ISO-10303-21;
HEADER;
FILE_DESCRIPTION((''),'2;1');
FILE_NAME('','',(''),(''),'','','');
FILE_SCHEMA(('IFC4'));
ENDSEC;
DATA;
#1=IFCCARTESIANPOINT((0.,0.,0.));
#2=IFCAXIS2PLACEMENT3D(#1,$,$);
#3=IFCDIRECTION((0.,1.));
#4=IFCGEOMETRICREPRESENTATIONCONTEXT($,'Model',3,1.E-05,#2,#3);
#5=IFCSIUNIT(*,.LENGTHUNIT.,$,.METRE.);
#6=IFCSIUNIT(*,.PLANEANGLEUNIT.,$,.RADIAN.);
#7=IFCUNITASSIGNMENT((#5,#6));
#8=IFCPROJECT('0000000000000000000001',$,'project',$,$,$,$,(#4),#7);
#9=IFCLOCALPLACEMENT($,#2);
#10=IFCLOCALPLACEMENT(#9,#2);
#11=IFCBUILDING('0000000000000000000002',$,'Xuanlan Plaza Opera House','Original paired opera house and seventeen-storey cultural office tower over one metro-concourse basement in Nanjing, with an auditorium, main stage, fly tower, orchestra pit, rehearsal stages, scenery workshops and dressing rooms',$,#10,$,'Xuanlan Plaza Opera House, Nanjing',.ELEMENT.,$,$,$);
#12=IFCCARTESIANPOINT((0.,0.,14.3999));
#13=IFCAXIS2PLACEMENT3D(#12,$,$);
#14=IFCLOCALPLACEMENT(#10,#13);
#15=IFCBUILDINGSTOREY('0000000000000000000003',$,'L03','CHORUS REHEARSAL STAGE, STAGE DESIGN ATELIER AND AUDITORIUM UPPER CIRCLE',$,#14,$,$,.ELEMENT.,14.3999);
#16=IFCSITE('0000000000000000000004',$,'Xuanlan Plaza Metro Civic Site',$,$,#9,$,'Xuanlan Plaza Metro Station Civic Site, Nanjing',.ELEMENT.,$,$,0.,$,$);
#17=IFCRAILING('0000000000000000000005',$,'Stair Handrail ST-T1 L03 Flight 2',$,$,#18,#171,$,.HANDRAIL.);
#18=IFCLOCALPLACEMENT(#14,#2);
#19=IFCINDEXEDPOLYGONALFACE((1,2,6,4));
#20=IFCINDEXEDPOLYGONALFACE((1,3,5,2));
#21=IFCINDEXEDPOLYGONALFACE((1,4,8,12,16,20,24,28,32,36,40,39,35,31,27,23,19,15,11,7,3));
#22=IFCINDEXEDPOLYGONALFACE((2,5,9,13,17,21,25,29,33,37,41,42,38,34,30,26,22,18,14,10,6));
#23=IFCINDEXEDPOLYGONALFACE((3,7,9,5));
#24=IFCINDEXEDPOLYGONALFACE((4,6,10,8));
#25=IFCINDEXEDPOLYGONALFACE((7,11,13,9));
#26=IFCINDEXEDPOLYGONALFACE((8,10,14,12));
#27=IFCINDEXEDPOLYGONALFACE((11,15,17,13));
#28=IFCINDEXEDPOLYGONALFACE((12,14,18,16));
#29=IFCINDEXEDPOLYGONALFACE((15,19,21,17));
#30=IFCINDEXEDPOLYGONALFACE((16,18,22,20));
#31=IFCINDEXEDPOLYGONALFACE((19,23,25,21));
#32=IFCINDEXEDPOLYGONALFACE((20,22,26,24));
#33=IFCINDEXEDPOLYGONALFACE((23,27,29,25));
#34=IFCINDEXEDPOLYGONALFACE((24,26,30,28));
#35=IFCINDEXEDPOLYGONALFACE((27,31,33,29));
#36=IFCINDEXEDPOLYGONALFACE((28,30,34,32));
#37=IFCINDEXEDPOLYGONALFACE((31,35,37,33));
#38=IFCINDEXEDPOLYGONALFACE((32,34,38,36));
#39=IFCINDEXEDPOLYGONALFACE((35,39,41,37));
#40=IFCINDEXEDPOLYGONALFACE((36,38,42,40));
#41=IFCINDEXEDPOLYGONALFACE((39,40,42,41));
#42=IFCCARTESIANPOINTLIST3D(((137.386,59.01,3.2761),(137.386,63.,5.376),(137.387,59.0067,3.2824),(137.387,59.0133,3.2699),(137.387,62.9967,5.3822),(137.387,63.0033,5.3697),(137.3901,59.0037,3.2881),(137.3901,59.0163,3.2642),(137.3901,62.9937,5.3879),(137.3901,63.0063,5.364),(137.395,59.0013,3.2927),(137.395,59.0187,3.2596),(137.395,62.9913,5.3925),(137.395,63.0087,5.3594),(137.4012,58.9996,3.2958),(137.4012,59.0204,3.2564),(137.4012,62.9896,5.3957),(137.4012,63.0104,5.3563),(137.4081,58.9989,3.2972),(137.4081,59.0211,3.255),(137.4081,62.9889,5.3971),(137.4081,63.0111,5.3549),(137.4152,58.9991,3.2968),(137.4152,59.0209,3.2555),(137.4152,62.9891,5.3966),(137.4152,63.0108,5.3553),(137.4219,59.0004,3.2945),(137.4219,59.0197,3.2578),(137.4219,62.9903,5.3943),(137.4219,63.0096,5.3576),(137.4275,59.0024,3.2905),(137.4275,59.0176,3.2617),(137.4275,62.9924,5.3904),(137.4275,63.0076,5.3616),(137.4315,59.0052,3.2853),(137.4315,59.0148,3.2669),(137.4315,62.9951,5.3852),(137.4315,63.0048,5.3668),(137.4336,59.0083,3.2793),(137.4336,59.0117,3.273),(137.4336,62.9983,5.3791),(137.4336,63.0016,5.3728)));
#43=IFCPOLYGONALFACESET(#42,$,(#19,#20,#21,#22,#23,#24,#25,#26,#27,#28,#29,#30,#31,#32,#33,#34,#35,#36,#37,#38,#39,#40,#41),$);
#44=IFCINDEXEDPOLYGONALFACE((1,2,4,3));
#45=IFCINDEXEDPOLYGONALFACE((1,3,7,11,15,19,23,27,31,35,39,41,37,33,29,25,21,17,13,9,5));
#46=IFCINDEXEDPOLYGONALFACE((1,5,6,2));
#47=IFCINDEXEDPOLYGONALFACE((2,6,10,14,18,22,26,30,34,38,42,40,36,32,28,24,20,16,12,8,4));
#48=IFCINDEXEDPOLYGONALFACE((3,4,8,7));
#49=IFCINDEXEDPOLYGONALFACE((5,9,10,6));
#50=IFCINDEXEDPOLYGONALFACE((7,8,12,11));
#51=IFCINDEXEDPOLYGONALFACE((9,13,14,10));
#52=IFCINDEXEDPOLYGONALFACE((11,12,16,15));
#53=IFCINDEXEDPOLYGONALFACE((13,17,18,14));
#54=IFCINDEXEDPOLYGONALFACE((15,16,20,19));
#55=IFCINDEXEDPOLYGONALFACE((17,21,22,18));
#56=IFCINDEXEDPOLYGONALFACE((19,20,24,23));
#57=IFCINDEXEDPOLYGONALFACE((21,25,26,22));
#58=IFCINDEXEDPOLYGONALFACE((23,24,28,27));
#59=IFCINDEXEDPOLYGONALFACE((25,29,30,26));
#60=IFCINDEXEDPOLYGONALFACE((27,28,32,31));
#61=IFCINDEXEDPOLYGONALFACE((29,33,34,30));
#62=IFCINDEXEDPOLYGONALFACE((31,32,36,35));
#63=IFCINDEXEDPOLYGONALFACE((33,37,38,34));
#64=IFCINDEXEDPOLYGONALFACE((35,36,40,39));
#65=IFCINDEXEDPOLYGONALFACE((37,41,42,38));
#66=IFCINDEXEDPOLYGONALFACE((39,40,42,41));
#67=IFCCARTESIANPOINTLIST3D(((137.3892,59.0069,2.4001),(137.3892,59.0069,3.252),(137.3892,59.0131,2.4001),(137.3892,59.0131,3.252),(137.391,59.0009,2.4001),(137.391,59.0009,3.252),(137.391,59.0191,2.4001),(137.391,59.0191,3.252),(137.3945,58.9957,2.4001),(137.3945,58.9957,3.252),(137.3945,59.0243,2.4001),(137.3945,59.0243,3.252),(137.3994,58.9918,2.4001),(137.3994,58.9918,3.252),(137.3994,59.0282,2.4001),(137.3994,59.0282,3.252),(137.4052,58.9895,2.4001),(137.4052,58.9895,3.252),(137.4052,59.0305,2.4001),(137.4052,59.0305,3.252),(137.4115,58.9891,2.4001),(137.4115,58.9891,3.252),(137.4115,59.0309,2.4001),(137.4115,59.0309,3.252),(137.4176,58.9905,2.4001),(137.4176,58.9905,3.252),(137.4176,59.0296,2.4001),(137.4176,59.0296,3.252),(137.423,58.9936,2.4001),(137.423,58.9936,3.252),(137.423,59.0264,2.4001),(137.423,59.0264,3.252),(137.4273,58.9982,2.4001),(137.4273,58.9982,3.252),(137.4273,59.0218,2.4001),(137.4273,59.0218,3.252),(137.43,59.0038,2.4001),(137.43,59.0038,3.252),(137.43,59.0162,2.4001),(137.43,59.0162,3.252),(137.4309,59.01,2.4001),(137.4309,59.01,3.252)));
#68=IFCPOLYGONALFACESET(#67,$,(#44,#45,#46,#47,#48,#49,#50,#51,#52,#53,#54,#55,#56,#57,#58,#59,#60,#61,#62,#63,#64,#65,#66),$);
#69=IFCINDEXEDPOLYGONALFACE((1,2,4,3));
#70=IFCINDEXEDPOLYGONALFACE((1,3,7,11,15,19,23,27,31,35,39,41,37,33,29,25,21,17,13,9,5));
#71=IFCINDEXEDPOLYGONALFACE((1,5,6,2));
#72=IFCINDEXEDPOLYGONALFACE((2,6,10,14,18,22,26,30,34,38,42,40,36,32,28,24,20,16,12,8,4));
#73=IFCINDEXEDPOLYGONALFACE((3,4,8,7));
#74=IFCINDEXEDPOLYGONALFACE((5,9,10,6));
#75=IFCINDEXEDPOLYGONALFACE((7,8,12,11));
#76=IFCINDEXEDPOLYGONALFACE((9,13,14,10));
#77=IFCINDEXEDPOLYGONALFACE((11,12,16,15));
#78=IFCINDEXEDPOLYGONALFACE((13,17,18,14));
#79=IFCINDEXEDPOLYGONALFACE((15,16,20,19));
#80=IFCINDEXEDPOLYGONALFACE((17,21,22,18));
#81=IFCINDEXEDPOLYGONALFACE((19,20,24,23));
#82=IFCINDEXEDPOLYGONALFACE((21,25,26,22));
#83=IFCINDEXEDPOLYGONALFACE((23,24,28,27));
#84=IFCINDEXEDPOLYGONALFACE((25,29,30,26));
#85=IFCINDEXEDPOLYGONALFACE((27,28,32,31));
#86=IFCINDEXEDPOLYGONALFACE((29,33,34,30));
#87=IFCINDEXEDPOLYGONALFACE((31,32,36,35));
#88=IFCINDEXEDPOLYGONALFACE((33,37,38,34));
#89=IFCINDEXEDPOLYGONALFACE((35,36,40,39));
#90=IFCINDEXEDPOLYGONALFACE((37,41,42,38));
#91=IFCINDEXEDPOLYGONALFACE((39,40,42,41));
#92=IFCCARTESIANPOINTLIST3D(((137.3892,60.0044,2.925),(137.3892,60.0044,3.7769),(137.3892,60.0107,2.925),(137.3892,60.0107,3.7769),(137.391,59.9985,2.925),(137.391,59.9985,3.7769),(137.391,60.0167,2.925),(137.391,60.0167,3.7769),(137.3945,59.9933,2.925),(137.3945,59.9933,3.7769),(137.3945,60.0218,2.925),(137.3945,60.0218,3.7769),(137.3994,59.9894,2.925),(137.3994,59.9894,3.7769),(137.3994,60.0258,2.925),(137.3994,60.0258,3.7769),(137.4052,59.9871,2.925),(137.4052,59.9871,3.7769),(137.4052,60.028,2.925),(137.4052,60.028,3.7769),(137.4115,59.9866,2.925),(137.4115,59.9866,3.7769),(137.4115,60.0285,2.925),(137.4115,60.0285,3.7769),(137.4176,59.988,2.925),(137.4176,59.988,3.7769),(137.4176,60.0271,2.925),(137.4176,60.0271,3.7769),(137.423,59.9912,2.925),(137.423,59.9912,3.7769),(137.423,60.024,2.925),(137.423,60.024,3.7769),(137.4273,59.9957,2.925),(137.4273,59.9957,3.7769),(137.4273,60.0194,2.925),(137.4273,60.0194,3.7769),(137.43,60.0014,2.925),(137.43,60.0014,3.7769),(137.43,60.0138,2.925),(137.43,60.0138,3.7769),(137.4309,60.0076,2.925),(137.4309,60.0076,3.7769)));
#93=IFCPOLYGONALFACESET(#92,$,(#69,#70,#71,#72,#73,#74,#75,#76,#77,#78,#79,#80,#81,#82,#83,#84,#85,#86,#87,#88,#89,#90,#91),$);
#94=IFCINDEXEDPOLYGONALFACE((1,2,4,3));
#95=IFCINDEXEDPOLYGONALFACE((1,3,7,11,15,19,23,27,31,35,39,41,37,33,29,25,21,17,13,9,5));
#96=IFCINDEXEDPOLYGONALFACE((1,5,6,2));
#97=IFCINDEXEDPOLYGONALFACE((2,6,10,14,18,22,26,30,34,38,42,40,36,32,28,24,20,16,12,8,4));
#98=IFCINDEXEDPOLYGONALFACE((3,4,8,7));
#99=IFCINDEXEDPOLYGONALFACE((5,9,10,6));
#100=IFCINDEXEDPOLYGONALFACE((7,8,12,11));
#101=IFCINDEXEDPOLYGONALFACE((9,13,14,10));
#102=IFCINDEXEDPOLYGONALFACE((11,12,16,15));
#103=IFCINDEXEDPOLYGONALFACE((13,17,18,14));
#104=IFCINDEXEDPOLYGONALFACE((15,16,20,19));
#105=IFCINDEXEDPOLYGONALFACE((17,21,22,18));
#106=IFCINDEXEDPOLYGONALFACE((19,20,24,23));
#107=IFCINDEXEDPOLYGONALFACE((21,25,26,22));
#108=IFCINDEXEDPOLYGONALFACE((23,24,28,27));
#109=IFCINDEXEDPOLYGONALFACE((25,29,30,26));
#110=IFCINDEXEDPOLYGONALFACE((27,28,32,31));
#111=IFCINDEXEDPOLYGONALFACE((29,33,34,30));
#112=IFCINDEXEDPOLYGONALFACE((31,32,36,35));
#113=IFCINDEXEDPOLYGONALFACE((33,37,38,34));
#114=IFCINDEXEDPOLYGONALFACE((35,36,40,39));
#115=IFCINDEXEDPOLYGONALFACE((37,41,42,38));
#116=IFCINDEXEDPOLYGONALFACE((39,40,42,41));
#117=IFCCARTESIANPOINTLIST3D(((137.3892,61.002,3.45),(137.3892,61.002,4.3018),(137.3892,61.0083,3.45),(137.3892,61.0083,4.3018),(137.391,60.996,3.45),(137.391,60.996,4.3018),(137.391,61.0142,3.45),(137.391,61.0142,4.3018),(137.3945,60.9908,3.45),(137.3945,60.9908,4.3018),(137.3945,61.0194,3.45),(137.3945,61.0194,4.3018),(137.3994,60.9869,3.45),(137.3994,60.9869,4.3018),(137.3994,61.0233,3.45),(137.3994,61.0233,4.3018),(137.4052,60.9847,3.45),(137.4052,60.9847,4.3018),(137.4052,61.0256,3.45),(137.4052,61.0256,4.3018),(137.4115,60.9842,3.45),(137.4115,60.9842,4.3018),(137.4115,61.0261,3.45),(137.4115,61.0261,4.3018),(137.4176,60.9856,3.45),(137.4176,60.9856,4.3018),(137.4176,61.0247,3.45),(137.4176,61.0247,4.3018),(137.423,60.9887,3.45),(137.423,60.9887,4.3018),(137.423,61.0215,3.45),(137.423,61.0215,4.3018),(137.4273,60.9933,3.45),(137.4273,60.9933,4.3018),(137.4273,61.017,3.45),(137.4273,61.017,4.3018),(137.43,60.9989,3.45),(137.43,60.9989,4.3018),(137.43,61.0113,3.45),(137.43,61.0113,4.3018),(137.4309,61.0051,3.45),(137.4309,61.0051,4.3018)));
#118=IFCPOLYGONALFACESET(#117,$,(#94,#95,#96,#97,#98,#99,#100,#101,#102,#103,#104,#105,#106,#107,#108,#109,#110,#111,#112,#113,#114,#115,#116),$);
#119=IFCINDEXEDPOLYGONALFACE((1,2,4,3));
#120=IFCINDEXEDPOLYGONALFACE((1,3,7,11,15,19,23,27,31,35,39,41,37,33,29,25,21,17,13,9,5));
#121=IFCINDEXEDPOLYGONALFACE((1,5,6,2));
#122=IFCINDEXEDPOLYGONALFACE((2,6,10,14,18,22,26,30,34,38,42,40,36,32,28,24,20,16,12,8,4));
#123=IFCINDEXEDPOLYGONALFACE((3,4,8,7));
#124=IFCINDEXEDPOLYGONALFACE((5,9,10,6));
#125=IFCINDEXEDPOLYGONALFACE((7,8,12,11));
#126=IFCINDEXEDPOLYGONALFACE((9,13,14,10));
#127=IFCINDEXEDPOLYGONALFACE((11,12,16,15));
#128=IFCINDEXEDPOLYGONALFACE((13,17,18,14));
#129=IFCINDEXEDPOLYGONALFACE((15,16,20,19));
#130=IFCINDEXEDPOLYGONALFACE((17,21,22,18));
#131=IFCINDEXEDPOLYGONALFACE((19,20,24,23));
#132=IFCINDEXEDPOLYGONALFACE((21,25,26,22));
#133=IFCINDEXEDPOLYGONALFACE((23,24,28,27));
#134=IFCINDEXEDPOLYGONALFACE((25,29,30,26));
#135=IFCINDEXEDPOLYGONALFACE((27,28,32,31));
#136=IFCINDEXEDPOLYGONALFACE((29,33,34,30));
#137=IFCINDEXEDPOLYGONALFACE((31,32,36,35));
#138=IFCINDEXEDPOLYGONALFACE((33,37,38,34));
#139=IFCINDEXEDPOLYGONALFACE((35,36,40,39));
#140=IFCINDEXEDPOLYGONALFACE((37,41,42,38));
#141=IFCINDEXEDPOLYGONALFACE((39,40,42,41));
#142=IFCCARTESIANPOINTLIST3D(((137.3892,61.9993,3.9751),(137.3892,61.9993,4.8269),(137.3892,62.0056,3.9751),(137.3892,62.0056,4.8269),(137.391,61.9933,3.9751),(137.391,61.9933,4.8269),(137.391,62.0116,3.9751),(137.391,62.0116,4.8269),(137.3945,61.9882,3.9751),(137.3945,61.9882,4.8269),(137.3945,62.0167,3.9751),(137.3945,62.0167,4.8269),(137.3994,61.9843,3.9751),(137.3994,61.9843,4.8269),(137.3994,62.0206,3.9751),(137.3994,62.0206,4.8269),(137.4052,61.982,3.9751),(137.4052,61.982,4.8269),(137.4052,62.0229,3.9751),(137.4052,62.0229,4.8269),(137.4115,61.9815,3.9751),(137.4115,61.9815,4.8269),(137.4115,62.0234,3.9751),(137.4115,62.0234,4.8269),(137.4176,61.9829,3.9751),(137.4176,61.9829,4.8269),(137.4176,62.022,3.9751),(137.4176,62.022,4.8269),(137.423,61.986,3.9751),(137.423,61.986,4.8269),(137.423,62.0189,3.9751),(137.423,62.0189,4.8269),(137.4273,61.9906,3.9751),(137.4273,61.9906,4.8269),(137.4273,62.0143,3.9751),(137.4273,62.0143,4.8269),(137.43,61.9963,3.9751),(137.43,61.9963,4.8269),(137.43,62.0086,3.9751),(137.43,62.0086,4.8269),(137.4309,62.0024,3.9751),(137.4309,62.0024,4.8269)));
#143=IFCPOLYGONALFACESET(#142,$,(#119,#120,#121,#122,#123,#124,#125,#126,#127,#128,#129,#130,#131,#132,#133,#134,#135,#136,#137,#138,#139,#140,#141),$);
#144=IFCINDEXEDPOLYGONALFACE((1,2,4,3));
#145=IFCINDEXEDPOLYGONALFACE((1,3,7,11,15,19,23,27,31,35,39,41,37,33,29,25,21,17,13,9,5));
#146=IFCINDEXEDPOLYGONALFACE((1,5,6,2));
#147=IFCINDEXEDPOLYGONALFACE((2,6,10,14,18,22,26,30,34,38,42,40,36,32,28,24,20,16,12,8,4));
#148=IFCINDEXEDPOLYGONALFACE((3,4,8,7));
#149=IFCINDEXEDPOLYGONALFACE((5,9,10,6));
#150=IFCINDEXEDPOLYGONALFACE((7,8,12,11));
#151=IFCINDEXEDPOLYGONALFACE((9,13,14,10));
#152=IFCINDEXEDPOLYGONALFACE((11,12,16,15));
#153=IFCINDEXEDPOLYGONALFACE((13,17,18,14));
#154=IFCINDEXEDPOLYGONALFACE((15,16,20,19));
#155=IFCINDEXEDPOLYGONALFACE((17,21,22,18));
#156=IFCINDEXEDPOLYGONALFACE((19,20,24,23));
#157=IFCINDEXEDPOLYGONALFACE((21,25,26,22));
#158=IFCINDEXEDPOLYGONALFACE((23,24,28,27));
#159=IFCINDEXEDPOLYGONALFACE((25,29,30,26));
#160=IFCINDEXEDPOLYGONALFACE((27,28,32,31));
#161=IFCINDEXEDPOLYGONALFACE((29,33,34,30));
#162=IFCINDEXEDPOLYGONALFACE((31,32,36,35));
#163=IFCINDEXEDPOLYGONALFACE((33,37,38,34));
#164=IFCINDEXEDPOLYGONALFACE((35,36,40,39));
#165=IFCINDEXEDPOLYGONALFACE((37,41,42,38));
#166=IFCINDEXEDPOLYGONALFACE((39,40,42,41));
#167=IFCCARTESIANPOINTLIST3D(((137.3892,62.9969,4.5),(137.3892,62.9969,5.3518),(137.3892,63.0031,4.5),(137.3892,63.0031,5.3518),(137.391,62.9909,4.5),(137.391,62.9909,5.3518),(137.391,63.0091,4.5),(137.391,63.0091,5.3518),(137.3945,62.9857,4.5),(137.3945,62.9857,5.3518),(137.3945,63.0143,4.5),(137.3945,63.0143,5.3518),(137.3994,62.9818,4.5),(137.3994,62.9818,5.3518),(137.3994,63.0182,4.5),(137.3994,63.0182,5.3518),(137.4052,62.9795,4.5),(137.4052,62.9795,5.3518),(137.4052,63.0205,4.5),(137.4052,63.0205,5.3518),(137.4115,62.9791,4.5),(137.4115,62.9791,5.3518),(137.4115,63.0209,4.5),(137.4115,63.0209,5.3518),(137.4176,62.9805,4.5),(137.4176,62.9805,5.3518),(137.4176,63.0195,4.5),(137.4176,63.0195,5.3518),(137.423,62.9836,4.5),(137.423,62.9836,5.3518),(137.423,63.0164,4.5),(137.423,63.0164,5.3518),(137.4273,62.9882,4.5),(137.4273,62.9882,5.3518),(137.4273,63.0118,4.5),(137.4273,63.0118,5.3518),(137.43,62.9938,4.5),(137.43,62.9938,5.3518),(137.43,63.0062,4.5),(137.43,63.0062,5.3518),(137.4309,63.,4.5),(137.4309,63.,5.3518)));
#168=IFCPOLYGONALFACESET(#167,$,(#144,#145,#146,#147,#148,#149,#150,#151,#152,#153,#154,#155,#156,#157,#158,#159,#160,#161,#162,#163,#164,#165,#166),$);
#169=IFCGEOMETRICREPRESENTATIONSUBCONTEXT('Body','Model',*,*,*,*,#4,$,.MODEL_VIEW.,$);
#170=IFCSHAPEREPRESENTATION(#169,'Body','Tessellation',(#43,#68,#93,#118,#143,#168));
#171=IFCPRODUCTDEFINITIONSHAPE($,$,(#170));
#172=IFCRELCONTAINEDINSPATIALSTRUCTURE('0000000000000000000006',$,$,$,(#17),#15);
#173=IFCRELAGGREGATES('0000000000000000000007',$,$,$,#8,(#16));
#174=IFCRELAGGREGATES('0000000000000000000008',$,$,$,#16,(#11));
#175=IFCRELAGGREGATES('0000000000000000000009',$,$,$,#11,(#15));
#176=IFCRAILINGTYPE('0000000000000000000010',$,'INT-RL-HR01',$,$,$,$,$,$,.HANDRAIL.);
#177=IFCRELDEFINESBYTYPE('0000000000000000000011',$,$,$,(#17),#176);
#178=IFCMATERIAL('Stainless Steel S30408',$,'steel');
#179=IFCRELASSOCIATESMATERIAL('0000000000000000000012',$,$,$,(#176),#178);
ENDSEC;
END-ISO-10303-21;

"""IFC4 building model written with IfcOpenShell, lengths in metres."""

from ifc_helpers import new_model, si_unit, direction, frame, origin, origin_2d, place, context, subcontext, project, spatial, circle, extrude, material, type_object, element, save


model = new_model("IFC4")

# Units and contexts
model_context = context("Model", 3, precision=1e-05, world=origin(), true_north=direction((0.0, 1.0)))
body_context = subcontext(model_context, "Body", "Model", "MODEL_VIEW")
ifc_project = project(units=[si_unit("LENGTHUNIT", "METRE"), si_unit("PLANEANGLEUNIT", "RADIAN")], contexts=[model_context])

# Site, building, storey
site_placement = place(None, origin())
site = spatial("IfcSite", under=ifc_project, at=site_placement, Name="Xuanlan Plaza Metro Civic Site", LongName="Xuanlan Plaza Metro Station Civic Site, Nanjing", CompositionType="ELEMENT", RefElevation=0.0)
building_placement = place(site_placement, origin())
building = spatial("IfcBuilding", under=site, at=building_placement, Name="Xuanlan Plaza Opera House", Description="Original paired opera house and seventeen-storey cultural office tower over one metro-concourse basement in Nanjing, with an auditorium, main stage, fly tower, orchestra pit, rehearsal stages, scenery workshops and dressing rooms", LongName="Xuanlan Plaza Opera House, Nanjing", CompositionType="ELEMENT")
storey_placement = place(building_placement, frame((0.0, 0.0, 14.3999)))
storey = spatial("IfcBuildingStorey", under=building, at=storey_placement, Name="L03", Description="CHORUS REHEARSAL STAGE, STAGE DESIGN ATELIER AND AUDITORIUM UPPER CIRCLE", CompositionType="ELEMENT", Elevation=14.3999)

# Railing
ifc_material_1 = material(Name="Stainless Steel S30408", Category="steel")
railing_type = type_object("IfcRailingType", Name="INT-RL-HR01", PredefinedType="HANDRAIL", material=ifc_material_1)
railing_placement = place(storey_placement, frame((137.4099, 59.01, 2.4001)))
element("IfcRailing", 1, at=railing_placement, inside=storey, type_object=railing_type, Name="Stair Handrail ST-T1 L03 Flight 2", PredefinedType="HANDRAIL", context=body_context, shape_type="SweptSolid", body=[
    extrude(circle(Radius=0.0239, at=origin_2d()), frame((0.0, 0.0, 0.876), z_axis=(0.0, 0.884931, 0.465722), x_axis=(-1.0, 0.0, 0.0)), (0.0, 0.0, 1.0), 4.5088),
    extrude(circle(Radius=0.021, at=origin_2d()), origin(), (0.0, 0.0, 1.0), 0.8518),
    extrude(circle(Radius=0.021, at=origin_2d()), frame((0.0, 0.9976, 0.5249)), (0.0, 0.0, 1.0), 0.8518),
    extrude(circle(Radius=0.021, at=origin_2d()), frame((0.0, 1.9951, 1.0498)), (0.0, 0.0, 1.0), 0.8518),
    extrude(circle(Radius=0.021, at=origin_2d()), frame((0.0, 2.9924, 1.575)), (0.0, 0.0, 1.0), 0.8518),
    extrude(circle(Radius=0.021, at=origin_2d()), frame((0.0, 3.99, 2.0999)), (0.0, 0.0, 1.0), 0.8518),
])

save(model, "model.ifc")
